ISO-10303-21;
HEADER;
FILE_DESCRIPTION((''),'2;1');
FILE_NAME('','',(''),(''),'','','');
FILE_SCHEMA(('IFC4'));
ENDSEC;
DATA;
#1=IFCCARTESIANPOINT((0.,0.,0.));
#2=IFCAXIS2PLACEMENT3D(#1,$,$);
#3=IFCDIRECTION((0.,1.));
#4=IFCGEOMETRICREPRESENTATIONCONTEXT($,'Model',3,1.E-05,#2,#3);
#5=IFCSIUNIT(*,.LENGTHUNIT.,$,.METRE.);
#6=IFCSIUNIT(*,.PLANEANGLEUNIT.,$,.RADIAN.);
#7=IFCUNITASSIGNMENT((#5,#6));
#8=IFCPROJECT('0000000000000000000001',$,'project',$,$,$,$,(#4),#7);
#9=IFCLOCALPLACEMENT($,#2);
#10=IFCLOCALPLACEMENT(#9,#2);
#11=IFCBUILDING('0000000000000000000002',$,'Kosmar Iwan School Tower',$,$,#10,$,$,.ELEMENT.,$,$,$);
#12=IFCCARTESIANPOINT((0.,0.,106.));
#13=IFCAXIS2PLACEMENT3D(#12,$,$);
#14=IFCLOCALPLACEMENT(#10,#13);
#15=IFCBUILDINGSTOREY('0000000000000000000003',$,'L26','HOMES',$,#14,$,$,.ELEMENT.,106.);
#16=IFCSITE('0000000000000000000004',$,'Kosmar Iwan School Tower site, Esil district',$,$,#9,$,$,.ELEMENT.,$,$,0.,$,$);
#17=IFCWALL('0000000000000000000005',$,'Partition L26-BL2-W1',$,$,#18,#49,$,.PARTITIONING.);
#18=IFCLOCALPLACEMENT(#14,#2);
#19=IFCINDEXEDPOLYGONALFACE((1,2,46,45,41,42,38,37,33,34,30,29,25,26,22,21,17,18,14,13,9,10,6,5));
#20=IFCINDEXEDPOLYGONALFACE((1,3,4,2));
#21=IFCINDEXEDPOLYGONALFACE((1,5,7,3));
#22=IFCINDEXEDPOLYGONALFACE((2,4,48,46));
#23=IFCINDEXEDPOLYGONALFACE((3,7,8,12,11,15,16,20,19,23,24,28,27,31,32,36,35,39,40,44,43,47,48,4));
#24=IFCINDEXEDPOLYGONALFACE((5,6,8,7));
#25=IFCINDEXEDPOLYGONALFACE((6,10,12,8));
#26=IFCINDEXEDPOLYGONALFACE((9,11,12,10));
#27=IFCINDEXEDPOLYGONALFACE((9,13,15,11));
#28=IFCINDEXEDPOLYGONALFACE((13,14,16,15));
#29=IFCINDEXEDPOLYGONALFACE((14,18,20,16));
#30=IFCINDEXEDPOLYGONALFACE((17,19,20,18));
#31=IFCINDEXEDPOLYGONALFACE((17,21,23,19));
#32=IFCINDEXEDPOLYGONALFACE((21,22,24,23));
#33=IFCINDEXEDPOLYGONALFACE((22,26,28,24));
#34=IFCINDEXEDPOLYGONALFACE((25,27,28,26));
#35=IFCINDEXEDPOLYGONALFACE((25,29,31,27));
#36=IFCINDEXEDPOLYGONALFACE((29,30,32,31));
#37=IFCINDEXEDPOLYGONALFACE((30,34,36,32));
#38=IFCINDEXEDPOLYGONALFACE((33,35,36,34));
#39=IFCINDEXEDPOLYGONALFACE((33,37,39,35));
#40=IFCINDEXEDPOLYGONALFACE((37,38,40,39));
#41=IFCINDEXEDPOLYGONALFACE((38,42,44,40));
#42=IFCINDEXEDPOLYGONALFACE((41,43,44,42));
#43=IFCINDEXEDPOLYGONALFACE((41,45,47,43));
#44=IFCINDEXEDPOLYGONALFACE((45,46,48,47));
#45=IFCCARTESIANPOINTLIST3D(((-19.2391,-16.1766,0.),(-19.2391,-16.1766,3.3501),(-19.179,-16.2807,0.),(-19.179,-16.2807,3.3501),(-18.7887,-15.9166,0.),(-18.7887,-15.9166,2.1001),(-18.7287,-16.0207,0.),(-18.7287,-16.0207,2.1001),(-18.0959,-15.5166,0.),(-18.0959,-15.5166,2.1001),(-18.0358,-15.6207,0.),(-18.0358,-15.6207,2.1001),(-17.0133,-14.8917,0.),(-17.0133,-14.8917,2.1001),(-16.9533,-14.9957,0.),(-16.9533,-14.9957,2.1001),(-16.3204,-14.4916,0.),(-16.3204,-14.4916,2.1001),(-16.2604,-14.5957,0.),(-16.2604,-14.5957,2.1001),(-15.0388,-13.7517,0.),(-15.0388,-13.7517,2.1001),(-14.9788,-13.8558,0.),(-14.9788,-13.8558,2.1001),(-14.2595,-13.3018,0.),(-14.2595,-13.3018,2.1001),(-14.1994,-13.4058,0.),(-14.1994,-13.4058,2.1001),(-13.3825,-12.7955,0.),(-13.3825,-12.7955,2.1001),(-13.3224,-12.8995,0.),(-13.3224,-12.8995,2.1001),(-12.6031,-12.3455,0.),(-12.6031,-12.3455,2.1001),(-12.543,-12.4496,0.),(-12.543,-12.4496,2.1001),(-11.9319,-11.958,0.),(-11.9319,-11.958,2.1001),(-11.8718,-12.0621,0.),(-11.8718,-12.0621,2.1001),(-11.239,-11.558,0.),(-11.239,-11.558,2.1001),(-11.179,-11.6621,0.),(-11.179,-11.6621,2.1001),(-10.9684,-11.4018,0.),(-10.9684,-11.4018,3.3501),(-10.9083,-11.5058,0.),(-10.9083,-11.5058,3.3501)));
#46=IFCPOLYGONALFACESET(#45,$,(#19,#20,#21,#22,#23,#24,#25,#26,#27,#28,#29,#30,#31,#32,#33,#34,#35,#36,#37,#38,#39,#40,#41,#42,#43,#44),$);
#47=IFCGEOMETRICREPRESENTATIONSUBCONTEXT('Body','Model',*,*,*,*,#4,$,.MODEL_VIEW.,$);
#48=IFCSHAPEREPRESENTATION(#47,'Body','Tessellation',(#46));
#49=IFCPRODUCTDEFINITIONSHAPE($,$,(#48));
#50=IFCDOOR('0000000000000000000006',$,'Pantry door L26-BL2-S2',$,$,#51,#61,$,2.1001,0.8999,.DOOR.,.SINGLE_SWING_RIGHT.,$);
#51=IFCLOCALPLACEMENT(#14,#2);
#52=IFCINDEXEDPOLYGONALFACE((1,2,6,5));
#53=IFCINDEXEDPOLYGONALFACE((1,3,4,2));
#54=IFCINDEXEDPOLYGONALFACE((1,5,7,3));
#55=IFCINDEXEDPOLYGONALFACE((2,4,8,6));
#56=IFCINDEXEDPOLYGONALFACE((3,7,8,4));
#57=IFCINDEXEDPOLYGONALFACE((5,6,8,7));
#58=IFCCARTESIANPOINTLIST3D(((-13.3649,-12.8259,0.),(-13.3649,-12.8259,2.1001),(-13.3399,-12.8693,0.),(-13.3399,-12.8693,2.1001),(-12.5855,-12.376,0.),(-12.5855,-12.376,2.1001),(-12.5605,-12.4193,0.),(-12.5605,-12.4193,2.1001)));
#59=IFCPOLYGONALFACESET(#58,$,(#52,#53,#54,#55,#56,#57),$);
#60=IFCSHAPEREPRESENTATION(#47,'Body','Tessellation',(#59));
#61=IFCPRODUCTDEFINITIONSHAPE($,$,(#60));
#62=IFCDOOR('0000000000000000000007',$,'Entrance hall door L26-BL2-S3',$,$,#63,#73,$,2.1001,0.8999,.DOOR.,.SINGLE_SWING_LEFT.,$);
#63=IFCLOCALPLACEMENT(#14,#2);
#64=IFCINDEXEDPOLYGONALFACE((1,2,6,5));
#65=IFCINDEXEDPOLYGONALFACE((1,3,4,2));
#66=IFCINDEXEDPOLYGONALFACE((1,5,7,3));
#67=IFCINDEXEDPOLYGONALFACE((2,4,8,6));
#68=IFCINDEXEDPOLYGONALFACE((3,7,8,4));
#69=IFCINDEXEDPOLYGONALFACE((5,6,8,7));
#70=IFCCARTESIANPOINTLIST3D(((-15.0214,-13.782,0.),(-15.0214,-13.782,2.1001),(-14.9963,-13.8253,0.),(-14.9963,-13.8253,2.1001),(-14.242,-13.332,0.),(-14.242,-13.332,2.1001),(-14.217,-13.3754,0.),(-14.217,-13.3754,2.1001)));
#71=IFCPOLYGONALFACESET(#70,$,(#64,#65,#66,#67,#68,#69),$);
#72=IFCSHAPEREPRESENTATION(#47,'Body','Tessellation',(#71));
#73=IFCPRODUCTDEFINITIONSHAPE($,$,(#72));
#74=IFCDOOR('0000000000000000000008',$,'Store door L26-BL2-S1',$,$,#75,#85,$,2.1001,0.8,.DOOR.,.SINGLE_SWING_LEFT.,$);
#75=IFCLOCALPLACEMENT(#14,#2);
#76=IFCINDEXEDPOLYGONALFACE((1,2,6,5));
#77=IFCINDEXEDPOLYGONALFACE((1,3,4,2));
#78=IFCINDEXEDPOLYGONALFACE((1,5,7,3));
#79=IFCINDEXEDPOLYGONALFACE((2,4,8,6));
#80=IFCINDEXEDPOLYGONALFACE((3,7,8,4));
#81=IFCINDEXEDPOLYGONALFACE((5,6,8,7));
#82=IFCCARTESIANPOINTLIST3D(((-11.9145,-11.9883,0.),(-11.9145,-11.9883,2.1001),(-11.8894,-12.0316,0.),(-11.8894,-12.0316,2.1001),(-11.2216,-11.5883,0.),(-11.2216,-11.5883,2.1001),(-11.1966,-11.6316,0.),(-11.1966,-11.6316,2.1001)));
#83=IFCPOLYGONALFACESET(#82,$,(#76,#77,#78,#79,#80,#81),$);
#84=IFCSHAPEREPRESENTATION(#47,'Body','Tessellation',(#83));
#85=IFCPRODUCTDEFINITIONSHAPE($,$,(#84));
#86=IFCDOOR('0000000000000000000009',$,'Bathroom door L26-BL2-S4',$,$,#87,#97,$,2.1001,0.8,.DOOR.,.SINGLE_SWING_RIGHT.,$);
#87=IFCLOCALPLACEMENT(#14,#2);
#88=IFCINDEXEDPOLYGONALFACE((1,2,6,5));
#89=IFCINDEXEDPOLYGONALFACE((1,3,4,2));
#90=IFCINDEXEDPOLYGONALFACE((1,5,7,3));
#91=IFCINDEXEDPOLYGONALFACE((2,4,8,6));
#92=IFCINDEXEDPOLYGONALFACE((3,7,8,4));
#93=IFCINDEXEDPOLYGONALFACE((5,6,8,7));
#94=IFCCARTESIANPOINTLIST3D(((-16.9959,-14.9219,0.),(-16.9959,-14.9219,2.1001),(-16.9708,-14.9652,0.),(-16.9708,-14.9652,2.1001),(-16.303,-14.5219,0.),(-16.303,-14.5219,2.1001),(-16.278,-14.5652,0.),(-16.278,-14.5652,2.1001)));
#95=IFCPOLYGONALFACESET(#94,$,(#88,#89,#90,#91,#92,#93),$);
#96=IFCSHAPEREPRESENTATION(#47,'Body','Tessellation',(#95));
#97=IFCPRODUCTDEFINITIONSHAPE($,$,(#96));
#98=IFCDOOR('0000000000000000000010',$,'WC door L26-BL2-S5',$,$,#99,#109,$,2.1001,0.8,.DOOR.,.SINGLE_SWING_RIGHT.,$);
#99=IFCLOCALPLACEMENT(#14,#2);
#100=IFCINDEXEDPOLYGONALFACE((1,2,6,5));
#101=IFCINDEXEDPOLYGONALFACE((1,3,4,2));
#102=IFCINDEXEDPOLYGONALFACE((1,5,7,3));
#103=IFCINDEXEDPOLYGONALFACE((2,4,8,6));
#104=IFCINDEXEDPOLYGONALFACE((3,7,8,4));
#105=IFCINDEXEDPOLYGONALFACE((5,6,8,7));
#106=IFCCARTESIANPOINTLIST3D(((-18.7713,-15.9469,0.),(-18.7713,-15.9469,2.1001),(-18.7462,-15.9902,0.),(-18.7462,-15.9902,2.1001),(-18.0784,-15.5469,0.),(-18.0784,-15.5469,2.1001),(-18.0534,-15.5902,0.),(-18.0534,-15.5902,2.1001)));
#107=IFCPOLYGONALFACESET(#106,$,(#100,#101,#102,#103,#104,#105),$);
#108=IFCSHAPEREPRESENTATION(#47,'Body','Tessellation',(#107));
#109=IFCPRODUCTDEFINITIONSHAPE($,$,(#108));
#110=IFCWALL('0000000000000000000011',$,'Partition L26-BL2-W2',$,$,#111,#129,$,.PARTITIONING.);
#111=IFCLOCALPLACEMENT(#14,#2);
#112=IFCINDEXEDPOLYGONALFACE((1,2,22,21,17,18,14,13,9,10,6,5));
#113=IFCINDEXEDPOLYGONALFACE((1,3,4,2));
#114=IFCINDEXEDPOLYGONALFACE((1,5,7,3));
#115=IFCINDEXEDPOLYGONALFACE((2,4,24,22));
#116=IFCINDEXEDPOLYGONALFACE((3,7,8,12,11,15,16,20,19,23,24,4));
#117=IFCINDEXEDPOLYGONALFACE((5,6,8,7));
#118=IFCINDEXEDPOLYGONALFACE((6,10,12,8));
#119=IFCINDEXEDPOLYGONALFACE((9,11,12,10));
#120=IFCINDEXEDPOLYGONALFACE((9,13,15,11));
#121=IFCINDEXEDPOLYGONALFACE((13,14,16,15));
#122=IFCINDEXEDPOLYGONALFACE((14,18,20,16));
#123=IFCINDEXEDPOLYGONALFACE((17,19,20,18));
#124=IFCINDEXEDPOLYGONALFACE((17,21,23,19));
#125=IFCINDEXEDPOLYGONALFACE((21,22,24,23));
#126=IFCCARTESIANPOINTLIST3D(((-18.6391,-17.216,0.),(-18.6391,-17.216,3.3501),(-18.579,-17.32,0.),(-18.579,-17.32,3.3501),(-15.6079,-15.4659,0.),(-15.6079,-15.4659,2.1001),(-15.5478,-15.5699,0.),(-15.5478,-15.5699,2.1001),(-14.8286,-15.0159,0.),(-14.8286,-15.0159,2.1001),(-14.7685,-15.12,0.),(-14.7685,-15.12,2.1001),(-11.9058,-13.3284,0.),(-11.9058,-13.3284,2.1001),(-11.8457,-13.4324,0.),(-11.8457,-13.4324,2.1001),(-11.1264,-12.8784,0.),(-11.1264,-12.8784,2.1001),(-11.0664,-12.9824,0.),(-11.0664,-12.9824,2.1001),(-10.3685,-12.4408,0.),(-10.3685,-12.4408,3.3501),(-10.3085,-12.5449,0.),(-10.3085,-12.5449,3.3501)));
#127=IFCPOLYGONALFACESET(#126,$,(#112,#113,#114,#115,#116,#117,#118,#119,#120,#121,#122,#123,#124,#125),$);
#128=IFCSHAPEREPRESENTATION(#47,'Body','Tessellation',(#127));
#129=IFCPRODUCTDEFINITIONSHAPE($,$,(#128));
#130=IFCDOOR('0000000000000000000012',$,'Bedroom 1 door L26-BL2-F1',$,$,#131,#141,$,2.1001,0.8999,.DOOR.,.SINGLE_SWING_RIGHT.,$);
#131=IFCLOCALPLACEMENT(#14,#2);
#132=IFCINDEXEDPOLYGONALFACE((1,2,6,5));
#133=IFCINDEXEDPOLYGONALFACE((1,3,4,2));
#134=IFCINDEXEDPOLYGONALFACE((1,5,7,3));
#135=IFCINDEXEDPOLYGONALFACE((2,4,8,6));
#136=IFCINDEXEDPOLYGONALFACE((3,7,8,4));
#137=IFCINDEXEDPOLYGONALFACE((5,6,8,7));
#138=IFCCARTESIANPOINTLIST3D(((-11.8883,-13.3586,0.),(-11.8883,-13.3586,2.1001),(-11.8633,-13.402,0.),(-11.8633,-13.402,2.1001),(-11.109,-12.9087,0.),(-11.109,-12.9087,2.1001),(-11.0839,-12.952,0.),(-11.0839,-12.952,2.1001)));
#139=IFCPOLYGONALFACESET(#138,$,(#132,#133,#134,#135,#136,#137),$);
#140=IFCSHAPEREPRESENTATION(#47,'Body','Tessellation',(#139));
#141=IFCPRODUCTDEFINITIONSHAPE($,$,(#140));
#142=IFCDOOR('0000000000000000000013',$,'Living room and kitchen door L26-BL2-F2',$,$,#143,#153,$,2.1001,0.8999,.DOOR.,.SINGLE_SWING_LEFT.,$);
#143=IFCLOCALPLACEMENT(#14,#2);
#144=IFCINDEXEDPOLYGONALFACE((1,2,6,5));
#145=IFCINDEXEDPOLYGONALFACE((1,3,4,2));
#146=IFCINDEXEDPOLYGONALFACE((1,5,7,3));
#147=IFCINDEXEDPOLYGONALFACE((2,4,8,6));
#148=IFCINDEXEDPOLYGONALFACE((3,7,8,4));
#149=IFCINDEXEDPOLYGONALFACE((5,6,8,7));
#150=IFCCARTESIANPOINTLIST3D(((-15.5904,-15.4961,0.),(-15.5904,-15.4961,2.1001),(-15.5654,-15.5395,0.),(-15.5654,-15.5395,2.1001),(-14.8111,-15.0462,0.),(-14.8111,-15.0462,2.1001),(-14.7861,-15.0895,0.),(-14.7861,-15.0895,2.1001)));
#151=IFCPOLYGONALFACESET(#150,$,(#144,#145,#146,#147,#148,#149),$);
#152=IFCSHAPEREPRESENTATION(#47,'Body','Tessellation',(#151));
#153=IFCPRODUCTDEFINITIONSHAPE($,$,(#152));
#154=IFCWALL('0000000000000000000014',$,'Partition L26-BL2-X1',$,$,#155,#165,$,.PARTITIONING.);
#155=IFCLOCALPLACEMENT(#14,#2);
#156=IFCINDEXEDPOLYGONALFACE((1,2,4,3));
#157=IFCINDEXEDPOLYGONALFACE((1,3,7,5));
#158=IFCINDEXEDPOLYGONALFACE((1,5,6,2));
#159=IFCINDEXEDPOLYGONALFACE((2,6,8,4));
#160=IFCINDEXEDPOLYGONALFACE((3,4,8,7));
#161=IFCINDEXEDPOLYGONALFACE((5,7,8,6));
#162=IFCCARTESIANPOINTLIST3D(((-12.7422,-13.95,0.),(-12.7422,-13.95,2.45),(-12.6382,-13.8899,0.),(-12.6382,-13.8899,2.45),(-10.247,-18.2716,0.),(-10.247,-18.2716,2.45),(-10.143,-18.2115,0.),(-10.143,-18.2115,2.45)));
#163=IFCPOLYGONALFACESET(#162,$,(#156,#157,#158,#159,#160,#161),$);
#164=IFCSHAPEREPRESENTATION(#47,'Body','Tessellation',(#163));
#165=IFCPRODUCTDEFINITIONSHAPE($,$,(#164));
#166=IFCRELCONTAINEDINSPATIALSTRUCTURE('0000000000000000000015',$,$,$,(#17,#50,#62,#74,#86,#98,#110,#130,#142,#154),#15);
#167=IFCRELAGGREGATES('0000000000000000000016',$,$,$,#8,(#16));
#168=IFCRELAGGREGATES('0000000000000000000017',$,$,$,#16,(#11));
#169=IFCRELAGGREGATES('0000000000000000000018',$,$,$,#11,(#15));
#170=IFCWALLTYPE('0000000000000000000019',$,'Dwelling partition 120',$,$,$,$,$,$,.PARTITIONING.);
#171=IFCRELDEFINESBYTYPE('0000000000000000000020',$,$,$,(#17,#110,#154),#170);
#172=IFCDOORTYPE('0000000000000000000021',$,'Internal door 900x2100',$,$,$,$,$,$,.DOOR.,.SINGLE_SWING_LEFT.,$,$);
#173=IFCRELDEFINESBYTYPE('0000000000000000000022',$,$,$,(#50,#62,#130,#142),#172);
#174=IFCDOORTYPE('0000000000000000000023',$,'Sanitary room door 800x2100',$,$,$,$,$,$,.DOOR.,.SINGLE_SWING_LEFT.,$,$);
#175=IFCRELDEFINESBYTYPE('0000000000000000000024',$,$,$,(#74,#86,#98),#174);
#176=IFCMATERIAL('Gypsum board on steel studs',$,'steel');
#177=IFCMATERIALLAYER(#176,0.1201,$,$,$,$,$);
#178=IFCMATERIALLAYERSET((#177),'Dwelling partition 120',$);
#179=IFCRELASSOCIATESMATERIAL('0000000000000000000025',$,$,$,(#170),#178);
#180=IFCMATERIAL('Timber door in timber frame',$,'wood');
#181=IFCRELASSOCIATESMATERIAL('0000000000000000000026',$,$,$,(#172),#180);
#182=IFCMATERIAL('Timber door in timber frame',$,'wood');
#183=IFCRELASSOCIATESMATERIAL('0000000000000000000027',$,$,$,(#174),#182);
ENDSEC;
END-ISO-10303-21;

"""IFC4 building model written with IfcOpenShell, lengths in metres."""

from ifc_helpers import new_model, si_unit, direction, frame, frame_2d, origin, place, context, subcontext, project, spatial, rectangle, extrude, material, layer, layer_set, type_object, element, fill, save


model = new_model("IFC4")

# Units and contexts
model_context = context("Model", 3, precision=1e-05, world=origin(), true_north=direction((0.0, 1.0)))
body_context = subcontext(model_context, "Body", "Model", "MODEL_VIEW")
ifc_project = project(units=[si_unit("LENGTHUNIT", "METRE"), si_unit("PLANEANGLEUNIT", "RADIAN")], contexts=[model_context])

# Site, building, storey
site_placement = place(None, origin())
site = spatial("IfcSite", under=ifc_project, at=site_placement, Name="Kosmar Iwan School Tower site, Esil district", CompositionType="ELEMENT", RefElevation=0.0)
building_placement = place(site_placement, origin())
building = spatial("IfcBuilding", under=site, at=building_placement, Name="Kosmar Iwan School Tower", CompositionType="ELEMENT")
storey_placement = place(building_placement, frame((0.0, 0.0, 106.0)))
storey = spatial("IfcBuildingStorey", under=building, at=storey_placement, Name="L26", Description="HOMES", CompositionType="ELEMENT", Elevation=106.0)

# Shared definitions
ifc_material_1 = material(Name="Gypsum board on steel studs", Category="steel")
ifc_layer_1 = layer(ifc_material_1, 0.1201)
ifc_layer_set_1 = layer_set([ifc_layer_1], Name="Dwelling partition 120")
wall_type_1 = type_object("IfcWallType", Name="Dwelling partition 120", PredefinedType="PARTITIONING", material=ifc_layer_set_1)
ifc_material_2 = material(Name="Timber door in timber frame", Category="wood")
door_type_1 = type_object("IfcDoorType", Name="Internal door 900x2100", OperationType="SINGLE_SWING_LEFT", PredefinedType="DOOR", material=ifc_material_2)
ifc_material_3 = material(Name="Timber door in timber frame", Category="wood")
door_type_2 = type_object("IfcDoorType", Name="Sanitary room door 800x2100", OperationType="SINGLE_SWING_LEFT", PredefinedType="DOOR", material=ifc_material_3)

# Walls, openings, doors
wall_1_placement = place(storey_placement, frame((-10.9385, -11.4539, 0.0), z_axis=(0.0, 0.0, 1.0), x_axis=(-0.866035, -0.499983, 0.0)))
wall_1 = element("IfcWall", 1, at=wall_1_placement, inside=storey, type_object=wall_type_1, Name="Partition L26-BL2-W1", PredefinedType="PARTITIONING", context=body_context, shape_type="SweptSolid", body=[
    extrude(rectangle(XDim=9.55, YDim=0.1201, at=frame_2d((4.7749, 0.0))), origin(), (0.0, 0.0, 1.0), 3.3501),
])
opening_1_placement = place(wall_1_placement, frame((0.3125, 0.0, 0.0)))
opening_1 = element("IfcOpeningElement", 2, at=opening_1_placement, cuts=wall_1, PredefinedType="OPENING", context=body_context, shape_type="SweptSolid", body=[
    extrude(rectangle(XDim=0.8, YDim=2.1001, at=frame_2d((0.3999, 1.05))), frame((0.0, 0.072, 0.0), z_axis=(0.0, -1.0, 0.0), x_axis=(1.0, 0.0, 0.0)), (0.0, 0.0, 1.0), 0.144),
])
opening_2_placement = place(wall_1_placement, frame((1.8875, 0.0, 0.0)))
opening_2 = element("IfcOpeningElement", 3, at=opening_2_placement, cuts=wall_1, PredefinedType="OPENING", context=body_context, shape_type="SweptSolid", body=[
    extrude(rectangle(XDim=0.8999, YDim=2.1001, at=frame_2d((0.45, 1.05))), frame((0.0, 0.072, 0.0), z_axis=(0.0, -1.0, 0.0), x_axis=(1.0, 0.0, 0.0)), (0.0, 0.0, 1.0), 0.144),
])
opening_3_placement = place(wall_1_placement, frame((3.8, 0.0, 0.0)))
opening_3 = element("IfcOpeningElement", 4, at=opening_3_placement, cuts=wall_1, PredefinedType="OPENING", context=body_context, shape_type="SweptSolid", body=[
    extrude(rectangle(XDim=0.8999, YDim=2.1001, at=frame_2d((0.45, 1.05))), frame((0.0, 0.072, 0.0), z_axis=(0.0, -1.0, 0.0), x_axis=(1.0, 0.0, 0.0)), (0.0, 0.0, 1.0), 0.144),
])
opening_4_placement = place(wall_1_placement, frame((6.1799, 0.0, 0.0)))
opening_4 = element("IfcOpeningElement", 5, at=opening_4_placement, cuts=wall_1, PredefinedType="OPENING", context=body_context, shape_type="SweptSolid", body=[
    extrude(rectangle(XDim=0.8, YDim=2.1001, at=frame_2d((0.3999, 1.05))), frame((0.0, 0.072, 0.0), z_axis=(0.0, -1.0, 0.0), x_axis=(1.0, 0.0, 0.0)), (0.0, 0.0, 1.0), 0.144),
])
opening_5_placement = place(wall_1_placement, frame((8.23, 0.0, 0.0)))
opening_5 = element("IfcOpeningElement", 6, at=opening_5_placement, cuts=wall_1, PredefinedType="OPENING", context=body_context, shape_type="SweptSolid", body=[
    extrude(rectangle(XDim=0.8, YDim=2.1001, at=frame_2d((0.3999, 1.05))), frame((0.0, 0.072, 0.0), z_axis=(0.0, -1.0, 0.0), x_axis=(1.0, 0.0, 0.0)), (0.0, 0.0, 1.0), 0.144),
])
door_1_placement = place(opening_2_placement, frame((0.8999, 0.0, 0.0), z_axis=(0.0, 0.0, 1.0), x_axis=(-1.0, 0.0, 0.0)))
door_1 = element("IfcDoor", 7, at=door_1_placement, inside=storey, type_object=door_type_1, Name="Pantry door L26-BL2-S2", OperationType="SINGLE_SWING_RIGHT", OverallHeight=2.1001, OverallWidth=0.8999, PredefinedType="DOOR", context=body_context, shape_type="SweptSolid", body=[
    extrude(rectangle(XDim=0.8999, YDim=2.1001, at=frame_2d((0.45, 1.05))), frame((0.0, 0.0249, 0.0), z_axis=(0.0, -1.0, 0.0), x_axis=(1.0, 0.0, 0.0)), (0.0, 0.0, 1.0), 0.05),
])
fill(opening_2, door_1)
door_2_placement = place(opening_3_placement, origin())
door_2 = element("IfcDoor", 8, at=door_2_placement, inside=storey, type_object=door_type_1, Name="Entrance hall door L26-BL2-S3", OperationType="SINGLE_SWING_LEFT", OverallHeight=2.1001, OverallWidth=0.8999, PredefinedType="DOOR", context=body_context, shape_type="SweptSolid", body=[
    extrude(rectangle(XDim=0.8999, YDim=2.1001, at=frame_2d((0.45, 1.05))), frame((0.0, 0.0249, 0.0), z_axis=(0.0, -1.0, 0.0), x_axis=(1.0, 0.0, 0.0)), (0.0, 0.0, 1.0), 0.05),
])
fill(opening_3, door_2)
door_3_placement = place(opening_1_placement, origin())
door_3 = element("IfcDoor", 9, at=door_3_placement, inside=storey, type_object=door_type_2, Name="Store door L26-BL2-S1", OperationType="SINGLE_SWING_LEFT", OverallHeight=2.1001, OverallWidth=0.8, PredefinedType="DOOR", context=body_context, shape_type="SweptSolid", body=[
    extrude(rectangle(XDim=0.8, YDim=2.1001, at=frame_2d((0.3999, 1.05))), frame((0.0, 0.0249, 0.0), z_axis=(0.0, -1.0, 0.0), x_axis=(1.0, 0.0, 0.0)), (0.0, 0.0, 1.0), 0.05),
])
fill(opening_1, door_3)
door_4_placement = place(opening_4_placement, origin())
door_4 = element("IfcDoor", 10, at=door_4_placement, inside=storey, type_object=door_type_2, Name="Bathroom door L26-BL2-S4", OperationType="SINGLE_SWING_RIGHT", OverallHeight=2.1001, OverallWidth=0.8, PredefinedType="DOOR", context=body_context, shape_type="SweptSolid", body=[
    extrude(rectangle(XDim=0.8, YDim=2.1001, at=frame_2d((0.3999, 1.05))), frame((0.0, 0.0249, 0.0), z_axis=(0.0, -1.0, 0.0), x_axis=(1.0, 0.0, 0.0)), (0.0, 0.0, 1.0), 0.05),
])
fill(opening_4, door_4)
door_5_placement = place(opening_5_placement, origin())
door_5 = element("IfcDoor", 11, at=door_5_placement, inside=storey, type_object=door_type_2, Name="WC door L26-BL2-S5", OperationType="SINGLE_SWING_RIGHT", OverallHeight=2.1001, OverallWidth=0.8, PredefinedType="DOOR", context=body_context, shape_type="SweptSolid", body=[
    extrude(rectangle(XDim=0.8, YDim=2.1001, at=frame_2d((0.3999, 1.05))), frame((0.0, 0.0249, 0.0), z_axis=(0.0, -1.0, 0.0), x_axis=(1.0, 0.0, 0.0)), (0.0, 0.0, 1.0), 0.05),
])
fill(opening_5, door_5)
wall_2_placement = place(storey_placement, frame((-10.3386, -12.4929, 0.0), z_axis=(0.0, 0.0, 1.0), x_axis=(-0.866018, -0.500013, 0.0)))
wall_2 = element("IfcWall", 12, at=wall_2_placement, inside=storey, type_object=wall_type_1, Name="Partition L26-BL2-W2", PredefinedType="PARTITIONING", context=body_context, shape_type="SweptSolid", body=[
    extrude(rectangle(XDim=9.55, YDim=0.1201, at=frame_2d((4.7749, 0.0))), origin(), (0.0, 0.0, 1.0), 3.3501),
])
opening_6_placement = place(wall_2_placement, frame((0.875, 0.0, 0.0)))
opening_6 = element("IfcOpeningElement", 13, at=opening_6_placement, cuts=wall_2, PredefinedType="OPENING", context=body_context, shape_type="SweptSolid", body=[
    extrude(rectangle(XDim=0.8999, YDim=2.1001, at=frame_2d((0.45, 1.05))), frame((0.0, 0.072, 0.0), z_axis=(0.0, -1.0, 0.0), x_axis=(1.0, 0.0, 0.0)), (0.0, 0.0, 1.0), 0.144),
])
opening_7_placement = place(wall_2_placement, frame((5.1499, 0.0, 0.0)))
opening_7 = element("IfcOpeningElement", 14, at=opening_7_placement, cuts=wall_2, PredefinedType="OPENING", context=body_context, shape_type="SweptSolid", body=[
    extrude(rectangle(XDim=0.8999, YDim=2.1001, at=frame_2d((0.45, 1.05))), frame((0.0, 0.072, 0.0), z_axis=(0.0, -1.0, 0.0), x_axis=(1.0, 0.0, 0.0)), (0.0, 0.0, 1.0), 0.144),
])
door_6_placement = place(opening_6_placement, origin())
door_6 = element("IfcDoor", 15, at=door_6_placement, inside=storey, type_object=door_type_1, Name="Bedroom 1 door L26-BL2-F1", OperationType="SINGLE_SWING_RIGHT", OverallHeight=2.1001, OverallWidth=0.8999, PredefinedType="DOOR", context=body_context, shape_type="SweptSolid", body=[
    extrude(rectangle(XDim=0.8999, YDim=2.1001, at=frame_2d((0.45, 1.05))), frame((0.0, 0.0249, 0.0), z_axis=(0.0, -1.0, 0.0), x_axis=(1.0, 0.0, 0.0)), (0.0, 0.0, 1.0), 0.05),
])
fill(opening_6, door_6)
door_7_placement = place(opening_7_placement, origin())
door_7 = element("IfcDoor", 16, at=door_7_placement, inside=storey, type_object=door_type_1, Name="Living room and kitchen door L26-BL2-F2", OperationType="SINGLE_SWING_LEFT", OverallHeight=2.1001, OverallWidth=0.8999, PredefinedType="DOOR", context=body_context, shape_type="SweptSolid", body=[
    extrude(rectangle(XDim=0.8999, YDim=2.1001, at=frame_2d((0.45, 1.05))), frame((0.0, 0.0249, 0.0), z_axis=(0.0, -1.0, 0.0), x_axis=(1.0, 0.0, 0.0)), (0.0, 0.0, 1.0), 0.05),
])
fill(opening_7, door_7)

# Wall
wall_3_placement = place(storey_placement, frame((-12.6902, -13.9199, 0.0), z_axis=(0.0, 0.0, 1.0), x_axis=(0.500012, -0.866019, 0.0)))
element("IfcWall", 17, at=wall_3_placement, inside=storey, type_object=wall_type_1, Name="Partition L26-BL2-X1", PredefinedType="PARTITIONING", context=body_context, shape_type="SweptSolid", body=[
    extrude(rectangle(XDim=4.9902, YDim=0.1201, at=frame_2d((2.4951, 0.0))), origin(), (0.0, 0.0, 1.0), 2.45),
])

save(model, "model.ifc")
